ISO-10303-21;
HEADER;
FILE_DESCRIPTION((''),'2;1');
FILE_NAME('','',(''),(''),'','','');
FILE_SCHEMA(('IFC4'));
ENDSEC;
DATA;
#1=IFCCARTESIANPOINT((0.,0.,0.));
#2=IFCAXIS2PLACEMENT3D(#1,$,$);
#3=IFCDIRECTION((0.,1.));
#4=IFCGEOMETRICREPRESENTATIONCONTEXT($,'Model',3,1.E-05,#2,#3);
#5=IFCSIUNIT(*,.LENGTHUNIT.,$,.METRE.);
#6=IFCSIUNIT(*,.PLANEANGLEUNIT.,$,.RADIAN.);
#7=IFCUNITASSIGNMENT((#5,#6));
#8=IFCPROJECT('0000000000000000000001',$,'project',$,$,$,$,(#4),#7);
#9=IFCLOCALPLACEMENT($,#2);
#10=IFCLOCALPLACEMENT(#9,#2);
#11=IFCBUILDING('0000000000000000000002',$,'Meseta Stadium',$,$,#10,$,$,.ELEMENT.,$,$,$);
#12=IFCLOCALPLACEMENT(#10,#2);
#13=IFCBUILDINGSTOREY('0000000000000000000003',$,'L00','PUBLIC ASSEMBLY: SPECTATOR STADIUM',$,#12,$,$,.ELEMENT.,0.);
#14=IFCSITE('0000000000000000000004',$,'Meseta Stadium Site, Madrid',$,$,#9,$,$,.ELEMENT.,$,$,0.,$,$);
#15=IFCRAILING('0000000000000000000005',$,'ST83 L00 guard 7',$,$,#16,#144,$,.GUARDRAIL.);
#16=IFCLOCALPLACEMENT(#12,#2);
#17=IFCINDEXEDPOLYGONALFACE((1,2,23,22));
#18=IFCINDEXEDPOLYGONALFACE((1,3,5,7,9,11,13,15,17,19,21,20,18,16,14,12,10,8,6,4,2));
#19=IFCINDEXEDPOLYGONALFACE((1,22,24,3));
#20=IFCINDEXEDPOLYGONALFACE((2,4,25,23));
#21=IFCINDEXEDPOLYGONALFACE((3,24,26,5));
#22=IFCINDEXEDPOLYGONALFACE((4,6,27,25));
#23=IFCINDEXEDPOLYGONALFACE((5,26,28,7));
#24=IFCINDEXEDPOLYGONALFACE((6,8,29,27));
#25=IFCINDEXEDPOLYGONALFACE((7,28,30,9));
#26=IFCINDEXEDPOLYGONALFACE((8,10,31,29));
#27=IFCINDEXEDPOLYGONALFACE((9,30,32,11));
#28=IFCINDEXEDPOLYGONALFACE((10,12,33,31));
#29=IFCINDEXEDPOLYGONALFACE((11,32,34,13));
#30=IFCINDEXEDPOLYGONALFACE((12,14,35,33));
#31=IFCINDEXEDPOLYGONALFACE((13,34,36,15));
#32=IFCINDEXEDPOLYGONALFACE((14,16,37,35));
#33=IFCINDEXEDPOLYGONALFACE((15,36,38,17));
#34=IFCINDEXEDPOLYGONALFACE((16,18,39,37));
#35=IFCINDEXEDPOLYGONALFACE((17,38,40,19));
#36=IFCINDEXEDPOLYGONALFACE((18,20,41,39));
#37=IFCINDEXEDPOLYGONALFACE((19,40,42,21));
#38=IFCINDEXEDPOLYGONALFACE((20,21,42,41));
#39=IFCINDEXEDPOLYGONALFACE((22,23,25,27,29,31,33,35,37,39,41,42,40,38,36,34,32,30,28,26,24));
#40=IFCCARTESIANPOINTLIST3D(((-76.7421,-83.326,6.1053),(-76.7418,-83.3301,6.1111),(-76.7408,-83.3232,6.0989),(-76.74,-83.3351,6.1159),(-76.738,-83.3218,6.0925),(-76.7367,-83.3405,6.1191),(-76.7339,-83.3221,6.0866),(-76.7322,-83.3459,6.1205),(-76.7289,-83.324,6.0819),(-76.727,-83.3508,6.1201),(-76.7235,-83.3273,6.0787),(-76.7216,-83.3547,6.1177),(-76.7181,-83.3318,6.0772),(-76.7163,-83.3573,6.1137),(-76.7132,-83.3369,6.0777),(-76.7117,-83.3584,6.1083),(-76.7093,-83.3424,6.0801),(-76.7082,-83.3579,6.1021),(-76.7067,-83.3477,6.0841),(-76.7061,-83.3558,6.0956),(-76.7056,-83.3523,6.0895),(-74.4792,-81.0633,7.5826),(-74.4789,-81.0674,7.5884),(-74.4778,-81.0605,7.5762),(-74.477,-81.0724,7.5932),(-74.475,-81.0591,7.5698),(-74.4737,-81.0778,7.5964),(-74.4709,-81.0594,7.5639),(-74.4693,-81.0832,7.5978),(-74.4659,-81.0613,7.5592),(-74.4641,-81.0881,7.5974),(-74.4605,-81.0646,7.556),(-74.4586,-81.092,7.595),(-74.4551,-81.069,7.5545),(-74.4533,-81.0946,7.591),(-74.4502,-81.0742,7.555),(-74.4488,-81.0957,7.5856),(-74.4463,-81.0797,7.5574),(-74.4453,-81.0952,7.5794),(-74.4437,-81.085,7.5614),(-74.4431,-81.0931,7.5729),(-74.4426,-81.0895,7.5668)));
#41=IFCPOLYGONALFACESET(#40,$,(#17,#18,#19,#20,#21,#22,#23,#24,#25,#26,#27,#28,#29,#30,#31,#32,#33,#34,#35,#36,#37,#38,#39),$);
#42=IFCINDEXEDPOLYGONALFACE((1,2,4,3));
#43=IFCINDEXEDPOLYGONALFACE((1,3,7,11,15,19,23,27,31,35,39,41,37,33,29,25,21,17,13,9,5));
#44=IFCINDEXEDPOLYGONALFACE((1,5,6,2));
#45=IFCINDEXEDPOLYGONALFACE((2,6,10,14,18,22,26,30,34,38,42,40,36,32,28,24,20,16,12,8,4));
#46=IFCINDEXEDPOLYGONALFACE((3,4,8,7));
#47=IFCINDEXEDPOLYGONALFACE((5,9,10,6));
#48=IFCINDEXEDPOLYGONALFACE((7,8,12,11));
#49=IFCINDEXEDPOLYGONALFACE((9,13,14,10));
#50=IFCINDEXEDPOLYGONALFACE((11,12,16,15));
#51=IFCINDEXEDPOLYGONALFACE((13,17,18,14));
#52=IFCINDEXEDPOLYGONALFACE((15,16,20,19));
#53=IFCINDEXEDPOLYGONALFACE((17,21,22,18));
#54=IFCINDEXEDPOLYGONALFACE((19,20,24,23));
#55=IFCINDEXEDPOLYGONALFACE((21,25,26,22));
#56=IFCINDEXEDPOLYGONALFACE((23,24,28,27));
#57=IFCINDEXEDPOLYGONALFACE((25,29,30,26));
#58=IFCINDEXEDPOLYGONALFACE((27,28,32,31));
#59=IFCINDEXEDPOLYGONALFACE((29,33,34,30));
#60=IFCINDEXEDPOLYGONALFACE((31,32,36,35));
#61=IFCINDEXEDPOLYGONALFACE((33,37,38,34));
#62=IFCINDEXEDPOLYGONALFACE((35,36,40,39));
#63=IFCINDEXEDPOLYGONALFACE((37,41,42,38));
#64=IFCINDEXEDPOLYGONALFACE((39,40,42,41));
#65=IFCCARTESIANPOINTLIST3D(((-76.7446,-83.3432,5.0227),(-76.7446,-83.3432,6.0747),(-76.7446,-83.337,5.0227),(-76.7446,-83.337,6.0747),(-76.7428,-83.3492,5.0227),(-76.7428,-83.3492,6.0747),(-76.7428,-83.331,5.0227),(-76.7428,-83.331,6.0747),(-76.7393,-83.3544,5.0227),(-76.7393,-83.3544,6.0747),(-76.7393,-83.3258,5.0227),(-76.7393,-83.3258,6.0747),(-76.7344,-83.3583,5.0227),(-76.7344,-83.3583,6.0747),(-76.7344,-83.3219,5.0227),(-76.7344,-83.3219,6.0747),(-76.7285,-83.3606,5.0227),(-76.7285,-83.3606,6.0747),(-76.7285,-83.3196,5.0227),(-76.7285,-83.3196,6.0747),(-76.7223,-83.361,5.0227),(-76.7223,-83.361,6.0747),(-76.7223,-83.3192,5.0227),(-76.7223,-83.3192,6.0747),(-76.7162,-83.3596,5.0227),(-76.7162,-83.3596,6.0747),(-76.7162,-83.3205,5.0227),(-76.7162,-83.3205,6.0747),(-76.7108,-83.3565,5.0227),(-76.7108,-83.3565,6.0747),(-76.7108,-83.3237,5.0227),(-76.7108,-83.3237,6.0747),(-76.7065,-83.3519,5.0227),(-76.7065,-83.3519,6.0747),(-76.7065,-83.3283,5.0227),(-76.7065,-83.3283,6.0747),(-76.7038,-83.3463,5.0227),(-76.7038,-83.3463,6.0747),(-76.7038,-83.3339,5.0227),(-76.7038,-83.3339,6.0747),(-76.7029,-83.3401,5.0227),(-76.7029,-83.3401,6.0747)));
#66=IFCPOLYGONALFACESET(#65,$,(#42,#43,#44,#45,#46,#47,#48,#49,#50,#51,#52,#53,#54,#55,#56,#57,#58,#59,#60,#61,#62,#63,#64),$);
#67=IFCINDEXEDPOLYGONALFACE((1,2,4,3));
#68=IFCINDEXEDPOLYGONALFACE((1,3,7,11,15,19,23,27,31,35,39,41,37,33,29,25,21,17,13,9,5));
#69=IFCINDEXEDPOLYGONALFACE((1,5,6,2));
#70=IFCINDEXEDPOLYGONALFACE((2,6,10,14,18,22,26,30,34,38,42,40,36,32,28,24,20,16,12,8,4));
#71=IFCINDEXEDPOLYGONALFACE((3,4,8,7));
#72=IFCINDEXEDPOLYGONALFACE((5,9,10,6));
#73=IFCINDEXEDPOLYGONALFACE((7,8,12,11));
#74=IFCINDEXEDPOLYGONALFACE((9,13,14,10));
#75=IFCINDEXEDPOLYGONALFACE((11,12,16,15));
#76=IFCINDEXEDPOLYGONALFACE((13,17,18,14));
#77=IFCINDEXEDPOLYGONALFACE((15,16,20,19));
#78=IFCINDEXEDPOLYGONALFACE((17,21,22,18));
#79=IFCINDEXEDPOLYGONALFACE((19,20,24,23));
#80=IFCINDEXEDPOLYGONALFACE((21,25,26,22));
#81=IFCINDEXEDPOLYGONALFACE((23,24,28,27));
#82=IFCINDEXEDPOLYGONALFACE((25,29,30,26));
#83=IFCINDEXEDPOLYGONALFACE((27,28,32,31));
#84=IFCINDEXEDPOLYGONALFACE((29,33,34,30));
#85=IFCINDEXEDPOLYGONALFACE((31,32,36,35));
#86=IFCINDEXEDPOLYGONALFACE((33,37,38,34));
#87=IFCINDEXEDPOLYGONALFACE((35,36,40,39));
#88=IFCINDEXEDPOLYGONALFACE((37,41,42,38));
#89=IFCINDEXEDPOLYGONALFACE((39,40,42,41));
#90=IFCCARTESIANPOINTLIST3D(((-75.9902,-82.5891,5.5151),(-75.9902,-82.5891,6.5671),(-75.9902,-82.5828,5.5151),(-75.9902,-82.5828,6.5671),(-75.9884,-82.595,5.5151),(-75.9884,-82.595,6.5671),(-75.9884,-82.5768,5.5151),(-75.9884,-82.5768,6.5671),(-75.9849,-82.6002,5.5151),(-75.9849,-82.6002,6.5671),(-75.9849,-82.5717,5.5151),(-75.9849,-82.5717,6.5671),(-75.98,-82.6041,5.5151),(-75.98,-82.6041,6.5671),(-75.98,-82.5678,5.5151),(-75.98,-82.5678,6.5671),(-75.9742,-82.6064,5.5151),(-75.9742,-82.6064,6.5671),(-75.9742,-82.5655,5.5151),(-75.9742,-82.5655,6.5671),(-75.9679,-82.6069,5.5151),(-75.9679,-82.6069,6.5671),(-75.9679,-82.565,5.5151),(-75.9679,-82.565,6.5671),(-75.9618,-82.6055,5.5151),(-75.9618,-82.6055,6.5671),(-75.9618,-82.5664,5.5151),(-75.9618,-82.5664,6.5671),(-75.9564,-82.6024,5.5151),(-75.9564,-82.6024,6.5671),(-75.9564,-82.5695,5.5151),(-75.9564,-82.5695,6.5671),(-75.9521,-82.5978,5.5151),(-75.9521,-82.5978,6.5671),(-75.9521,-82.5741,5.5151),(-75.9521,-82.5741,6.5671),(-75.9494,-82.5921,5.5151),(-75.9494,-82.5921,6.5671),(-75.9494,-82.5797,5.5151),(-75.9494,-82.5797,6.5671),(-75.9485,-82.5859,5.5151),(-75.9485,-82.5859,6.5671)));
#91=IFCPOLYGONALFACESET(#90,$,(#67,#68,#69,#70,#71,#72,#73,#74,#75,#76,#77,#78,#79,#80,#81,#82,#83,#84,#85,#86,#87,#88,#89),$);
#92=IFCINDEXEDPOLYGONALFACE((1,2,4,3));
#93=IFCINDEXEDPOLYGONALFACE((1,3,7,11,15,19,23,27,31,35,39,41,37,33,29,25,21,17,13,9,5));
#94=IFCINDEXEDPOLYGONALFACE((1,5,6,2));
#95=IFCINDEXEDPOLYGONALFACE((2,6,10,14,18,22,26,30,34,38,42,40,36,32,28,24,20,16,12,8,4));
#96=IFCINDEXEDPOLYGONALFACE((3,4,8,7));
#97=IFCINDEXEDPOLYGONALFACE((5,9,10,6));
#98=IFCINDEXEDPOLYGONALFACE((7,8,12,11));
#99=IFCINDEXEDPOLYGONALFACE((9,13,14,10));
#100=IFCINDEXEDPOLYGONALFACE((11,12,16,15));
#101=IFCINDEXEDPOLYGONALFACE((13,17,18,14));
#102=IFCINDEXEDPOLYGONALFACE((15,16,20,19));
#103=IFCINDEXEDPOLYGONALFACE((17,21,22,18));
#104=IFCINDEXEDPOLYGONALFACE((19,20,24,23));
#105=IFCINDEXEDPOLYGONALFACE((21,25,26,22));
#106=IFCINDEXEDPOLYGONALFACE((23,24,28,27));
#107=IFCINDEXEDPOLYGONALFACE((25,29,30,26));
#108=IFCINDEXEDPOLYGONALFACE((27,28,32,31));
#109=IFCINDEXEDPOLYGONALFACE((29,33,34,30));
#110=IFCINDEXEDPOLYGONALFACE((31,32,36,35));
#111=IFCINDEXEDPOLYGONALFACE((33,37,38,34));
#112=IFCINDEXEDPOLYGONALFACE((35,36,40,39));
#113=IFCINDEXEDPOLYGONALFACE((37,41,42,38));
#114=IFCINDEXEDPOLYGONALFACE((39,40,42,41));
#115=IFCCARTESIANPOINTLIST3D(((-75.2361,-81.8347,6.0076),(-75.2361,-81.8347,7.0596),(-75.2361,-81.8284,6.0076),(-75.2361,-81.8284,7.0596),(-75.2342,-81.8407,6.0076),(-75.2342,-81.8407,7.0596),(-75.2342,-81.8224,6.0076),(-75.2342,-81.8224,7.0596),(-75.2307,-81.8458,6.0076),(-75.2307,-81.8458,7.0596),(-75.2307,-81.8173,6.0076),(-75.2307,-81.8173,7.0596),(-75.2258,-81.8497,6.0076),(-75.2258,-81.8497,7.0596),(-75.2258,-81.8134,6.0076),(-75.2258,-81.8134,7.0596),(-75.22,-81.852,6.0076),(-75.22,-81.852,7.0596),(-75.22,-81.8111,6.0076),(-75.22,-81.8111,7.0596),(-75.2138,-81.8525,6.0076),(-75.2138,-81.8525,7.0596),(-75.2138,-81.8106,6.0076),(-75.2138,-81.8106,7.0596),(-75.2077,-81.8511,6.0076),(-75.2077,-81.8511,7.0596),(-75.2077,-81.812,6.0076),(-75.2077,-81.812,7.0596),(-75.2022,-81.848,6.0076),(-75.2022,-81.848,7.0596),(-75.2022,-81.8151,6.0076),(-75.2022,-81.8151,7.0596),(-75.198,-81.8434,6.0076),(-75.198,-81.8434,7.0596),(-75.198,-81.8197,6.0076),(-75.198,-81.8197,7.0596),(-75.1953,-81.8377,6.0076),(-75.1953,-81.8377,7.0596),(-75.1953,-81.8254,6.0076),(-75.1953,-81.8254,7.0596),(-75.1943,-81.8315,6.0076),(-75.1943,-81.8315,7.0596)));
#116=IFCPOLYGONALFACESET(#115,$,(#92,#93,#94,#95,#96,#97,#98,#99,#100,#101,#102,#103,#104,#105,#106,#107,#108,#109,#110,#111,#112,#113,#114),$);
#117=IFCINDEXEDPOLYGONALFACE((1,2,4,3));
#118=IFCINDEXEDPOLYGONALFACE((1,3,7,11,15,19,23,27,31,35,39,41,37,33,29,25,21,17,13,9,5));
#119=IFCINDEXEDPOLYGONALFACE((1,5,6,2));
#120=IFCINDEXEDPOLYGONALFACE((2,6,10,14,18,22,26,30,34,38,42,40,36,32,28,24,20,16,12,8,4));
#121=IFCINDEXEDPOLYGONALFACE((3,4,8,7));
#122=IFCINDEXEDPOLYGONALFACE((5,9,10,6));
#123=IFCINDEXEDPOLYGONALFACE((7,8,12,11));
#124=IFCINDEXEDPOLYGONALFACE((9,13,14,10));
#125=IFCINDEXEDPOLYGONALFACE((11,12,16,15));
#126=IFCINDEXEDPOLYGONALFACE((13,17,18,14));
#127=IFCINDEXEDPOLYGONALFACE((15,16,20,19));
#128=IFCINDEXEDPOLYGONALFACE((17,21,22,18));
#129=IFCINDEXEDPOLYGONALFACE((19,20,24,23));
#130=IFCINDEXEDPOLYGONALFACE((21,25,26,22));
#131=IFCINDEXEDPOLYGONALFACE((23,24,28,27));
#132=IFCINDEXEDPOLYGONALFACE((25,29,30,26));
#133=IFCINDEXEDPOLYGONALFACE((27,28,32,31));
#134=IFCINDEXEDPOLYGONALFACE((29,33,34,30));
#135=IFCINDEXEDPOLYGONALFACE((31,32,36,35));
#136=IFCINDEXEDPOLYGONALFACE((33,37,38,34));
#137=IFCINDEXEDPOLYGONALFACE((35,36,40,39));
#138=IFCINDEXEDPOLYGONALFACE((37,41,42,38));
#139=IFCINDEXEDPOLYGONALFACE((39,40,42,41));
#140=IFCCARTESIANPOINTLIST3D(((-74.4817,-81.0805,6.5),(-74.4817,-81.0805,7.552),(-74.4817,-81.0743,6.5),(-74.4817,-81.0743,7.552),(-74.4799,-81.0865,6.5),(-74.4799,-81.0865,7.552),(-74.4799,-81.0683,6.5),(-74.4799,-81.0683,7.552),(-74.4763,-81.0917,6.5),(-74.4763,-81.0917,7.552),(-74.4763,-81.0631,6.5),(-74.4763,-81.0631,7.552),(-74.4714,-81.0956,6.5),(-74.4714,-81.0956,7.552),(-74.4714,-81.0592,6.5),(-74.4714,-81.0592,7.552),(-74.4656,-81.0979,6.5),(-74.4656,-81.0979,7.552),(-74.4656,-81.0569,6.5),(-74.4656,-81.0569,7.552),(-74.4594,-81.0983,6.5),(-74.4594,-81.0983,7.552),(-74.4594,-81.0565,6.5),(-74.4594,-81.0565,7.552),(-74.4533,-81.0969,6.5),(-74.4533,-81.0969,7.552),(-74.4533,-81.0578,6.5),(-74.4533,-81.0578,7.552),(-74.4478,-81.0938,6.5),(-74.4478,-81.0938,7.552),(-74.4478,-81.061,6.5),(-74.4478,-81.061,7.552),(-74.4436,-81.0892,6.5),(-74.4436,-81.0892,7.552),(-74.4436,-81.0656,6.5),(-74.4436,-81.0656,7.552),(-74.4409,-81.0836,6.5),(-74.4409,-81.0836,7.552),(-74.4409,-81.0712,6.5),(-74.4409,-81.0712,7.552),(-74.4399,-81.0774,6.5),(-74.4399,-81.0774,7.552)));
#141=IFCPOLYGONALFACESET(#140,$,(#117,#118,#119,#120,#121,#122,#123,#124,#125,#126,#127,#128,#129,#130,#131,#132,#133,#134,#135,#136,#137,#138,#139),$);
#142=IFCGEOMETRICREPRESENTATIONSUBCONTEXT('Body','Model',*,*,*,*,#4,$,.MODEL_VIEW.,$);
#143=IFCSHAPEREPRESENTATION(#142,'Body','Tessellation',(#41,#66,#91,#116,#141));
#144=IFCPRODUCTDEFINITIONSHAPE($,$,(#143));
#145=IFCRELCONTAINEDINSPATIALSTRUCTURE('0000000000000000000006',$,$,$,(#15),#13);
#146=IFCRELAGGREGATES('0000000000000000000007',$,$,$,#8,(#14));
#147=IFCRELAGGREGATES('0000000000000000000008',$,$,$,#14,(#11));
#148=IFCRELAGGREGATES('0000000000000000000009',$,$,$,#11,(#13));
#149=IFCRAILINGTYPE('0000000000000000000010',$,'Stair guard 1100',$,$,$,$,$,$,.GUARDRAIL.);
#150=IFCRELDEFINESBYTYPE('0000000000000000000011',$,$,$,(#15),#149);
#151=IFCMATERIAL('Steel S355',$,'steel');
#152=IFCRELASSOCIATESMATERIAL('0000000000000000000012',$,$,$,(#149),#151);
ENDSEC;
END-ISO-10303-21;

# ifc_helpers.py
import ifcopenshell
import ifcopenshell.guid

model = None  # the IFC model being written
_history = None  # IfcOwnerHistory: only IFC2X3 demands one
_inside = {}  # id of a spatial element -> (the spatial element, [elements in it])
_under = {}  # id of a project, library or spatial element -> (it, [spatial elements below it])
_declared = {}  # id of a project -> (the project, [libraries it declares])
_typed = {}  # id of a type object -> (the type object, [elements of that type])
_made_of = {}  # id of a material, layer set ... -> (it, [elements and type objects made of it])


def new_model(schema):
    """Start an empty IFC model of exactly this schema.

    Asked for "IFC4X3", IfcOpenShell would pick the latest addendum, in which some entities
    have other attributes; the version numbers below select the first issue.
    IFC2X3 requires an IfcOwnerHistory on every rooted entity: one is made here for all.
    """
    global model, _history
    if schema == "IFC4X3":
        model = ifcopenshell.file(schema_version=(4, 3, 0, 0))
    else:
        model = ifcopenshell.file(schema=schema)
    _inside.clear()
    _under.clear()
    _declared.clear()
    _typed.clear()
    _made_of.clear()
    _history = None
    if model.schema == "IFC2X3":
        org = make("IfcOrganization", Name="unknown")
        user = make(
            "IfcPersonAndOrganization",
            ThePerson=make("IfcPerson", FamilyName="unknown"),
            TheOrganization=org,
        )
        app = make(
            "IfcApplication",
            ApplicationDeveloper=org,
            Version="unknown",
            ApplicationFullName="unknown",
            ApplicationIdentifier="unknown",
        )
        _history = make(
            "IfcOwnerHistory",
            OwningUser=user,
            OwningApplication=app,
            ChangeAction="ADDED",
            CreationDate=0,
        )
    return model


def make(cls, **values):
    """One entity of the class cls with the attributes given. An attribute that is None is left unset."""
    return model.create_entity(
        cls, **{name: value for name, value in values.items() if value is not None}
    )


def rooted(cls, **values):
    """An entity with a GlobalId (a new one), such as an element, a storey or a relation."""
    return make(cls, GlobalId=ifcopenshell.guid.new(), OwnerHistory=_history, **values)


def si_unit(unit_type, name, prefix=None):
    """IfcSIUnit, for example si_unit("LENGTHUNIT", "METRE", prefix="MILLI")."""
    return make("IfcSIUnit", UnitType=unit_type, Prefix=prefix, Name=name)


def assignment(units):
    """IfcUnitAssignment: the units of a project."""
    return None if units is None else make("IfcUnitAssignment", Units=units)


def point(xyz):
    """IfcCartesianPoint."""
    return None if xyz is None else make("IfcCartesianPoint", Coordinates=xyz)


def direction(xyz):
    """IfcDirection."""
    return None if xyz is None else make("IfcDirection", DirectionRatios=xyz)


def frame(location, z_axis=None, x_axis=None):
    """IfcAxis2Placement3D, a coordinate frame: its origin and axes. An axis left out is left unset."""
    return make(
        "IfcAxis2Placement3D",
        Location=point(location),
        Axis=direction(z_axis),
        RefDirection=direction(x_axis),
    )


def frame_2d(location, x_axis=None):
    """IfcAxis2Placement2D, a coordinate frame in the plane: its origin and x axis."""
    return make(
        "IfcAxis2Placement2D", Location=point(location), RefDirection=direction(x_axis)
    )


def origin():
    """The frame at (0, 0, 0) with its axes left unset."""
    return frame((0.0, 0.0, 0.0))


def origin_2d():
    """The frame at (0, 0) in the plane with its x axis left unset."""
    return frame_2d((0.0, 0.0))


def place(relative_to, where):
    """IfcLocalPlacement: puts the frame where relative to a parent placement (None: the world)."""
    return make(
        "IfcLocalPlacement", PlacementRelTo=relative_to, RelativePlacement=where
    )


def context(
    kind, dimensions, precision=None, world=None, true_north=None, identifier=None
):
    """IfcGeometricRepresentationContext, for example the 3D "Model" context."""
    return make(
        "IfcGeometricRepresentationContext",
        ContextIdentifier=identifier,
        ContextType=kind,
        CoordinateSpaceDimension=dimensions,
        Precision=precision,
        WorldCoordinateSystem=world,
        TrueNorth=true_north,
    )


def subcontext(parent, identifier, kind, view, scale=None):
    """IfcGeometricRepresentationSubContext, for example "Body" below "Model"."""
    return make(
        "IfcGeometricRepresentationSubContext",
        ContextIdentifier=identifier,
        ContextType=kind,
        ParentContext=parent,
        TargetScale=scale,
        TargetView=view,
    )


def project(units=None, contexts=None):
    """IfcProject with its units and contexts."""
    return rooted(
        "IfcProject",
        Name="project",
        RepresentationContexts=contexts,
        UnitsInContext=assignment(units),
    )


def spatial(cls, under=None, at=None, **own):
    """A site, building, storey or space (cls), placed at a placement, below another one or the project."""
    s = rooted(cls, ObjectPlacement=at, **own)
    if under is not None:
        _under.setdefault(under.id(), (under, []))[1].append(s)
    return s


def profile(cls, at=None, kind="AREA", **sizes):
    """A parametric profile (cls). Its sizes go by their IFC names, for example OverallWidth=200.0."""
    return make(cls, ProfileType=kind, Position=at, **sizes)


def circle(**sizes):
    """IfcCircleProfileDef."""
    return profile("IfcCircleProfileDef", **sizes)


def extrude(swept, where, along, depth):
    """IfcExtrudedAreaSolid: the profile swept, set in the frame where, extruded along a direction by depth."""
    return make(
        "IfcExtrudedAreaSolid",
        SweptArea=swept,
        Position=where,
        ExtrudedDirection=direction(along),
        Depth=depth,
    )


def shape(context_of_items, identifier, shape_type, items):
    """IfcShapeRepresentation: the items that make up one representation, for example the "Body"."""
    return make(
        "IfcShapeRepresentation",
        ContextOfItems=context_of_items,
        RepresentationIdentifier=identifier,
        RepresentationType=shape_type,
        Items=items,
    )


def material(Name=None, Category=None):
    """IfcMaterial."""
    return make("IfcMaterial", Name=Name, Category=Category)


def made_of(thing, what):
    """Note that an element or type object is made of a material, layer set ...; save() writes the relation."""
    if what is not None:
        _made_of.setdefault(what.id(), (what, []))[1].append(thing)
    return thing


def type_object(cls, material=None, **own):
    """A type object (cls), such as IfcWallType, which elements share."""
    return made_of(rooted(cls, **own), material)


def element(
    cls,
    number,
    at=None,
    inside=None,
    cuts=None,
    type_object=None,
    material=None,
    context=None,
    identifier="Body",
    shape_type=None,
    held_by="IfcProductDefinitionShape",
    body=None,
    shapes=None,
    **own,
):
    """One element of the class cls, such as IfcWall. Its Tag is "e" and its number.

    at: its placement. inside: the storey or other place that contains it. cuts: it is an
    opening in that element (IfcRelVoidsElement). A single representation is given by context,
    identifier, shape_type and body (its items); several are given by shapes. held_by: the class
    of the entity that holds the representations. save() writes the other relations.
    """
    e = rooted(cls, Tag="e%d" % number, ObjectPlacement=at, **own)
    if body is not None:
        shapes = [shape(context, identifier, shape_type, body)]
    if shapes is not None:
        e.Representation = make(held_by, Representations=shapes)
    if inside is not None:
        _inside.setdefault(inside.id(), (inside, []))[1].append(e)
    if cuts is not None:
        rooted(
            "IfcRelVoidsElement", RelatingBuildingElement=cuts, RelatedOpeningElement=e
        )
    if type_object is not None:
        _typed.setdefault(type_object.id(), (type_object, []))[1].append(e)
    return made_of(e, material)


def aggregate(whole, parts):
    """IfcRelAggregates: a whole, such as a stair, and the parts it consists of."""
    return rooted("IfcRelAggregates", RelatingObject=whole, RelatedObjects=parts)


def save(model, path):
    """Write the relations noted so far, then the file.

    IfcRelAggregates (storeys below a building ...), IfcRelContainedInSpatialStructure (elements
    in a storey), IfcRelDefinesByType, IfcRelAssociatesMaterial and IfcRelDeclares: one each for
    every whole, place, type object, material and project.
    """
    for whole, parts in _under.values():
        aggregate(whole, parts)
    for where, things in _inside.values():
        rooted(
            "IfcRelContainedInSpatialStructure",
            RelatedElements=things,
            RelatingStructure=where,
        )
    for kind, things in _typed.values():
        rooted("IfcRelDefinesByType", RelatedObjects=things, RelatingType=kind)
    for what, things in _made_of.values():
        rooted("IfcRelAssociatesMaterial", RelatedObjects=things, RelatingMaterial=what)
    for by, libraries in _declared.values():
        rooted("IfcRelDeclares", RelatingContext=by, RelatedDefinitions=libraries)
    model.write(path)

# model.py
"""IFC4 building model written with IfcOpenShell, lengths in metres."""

from ifc_helpers import new_model, si_unit, direction, frame, origin, origin_2d, place, context, subcontext, project, spatial, circle, extrude, material, type_object, element, save


model = new_model("IFC4")

# Units and contexts
model_context = context("Model", 3, precision=1e-05, world=origin(), true_north=direction((0.0, 1.0)))
body_context = subcontext(model_context, "Body", "Model", "MODEL_VIEW")
ifc_project = project(units=[si_unit("LENGTHUNIT", "METRE"), si_unit("PLANEANGLEUNIT", "RADIAN")], contexts=[model_context])

# Site, building, storey
site_placement = place(None, origin())
site = spatial("IfcSite", under=ifc_project, at=site_placement, Name="Meseta Stadium Site, Madrid", CompositionType="ELEMENT", RefElevation=0.0)
building_placement = place(site_placement, origin())
building = spatial("IfcBuilding", under=site, at=building_placement, Name="Meseta Stadium", CompositionType="ELEMENT")
storey_placement = place(building_placement, origin())
storey = spatial("IfcBuildingStorey", under=building, at=storey_placement, Name="L00", Description="PUBLIC ASSEMBLY: SPECTATOR STADIUM", CompositionType="ELEMENT", Elevation=0.0)

# Railing
ifc_material_1 = material(Name="Steel S355", Category="steel")
railing_type_1 = type_object("IfcRailingType", Name="Stair guard 1100", PredefinedType="GUARDRAIL", material=ifc_material_1)
railing_1_placement = place(storey_placement, frame((-76.7239, -83.3401, 5.0227)))
element("IfcRailing", 1, at=railing_1_placement, inside=storey, type_object=railing_type_1, Name="ST83 L00 guard 7", PredefinedType="GUARDRAIL", context=body_context, shape_type="SweptSolid", body=[
    extrude(circle(Radius=0.0239, at=origin_2d()), frame((0.0, 0.0, 1.0762), z_axis=(0.642034, 0.641965, 0.419134), x_axis=(-0.707069, 0.707145, 0.0)), (0.0, 0.0, 1.0), 3.5247),
    extrude(circle(Radius=0.021, at=origin_2d()), origin(), (0.0, 0.0, 1.0), 1.052),
    extrude(circle(Radius=0.021, at=origin_2d()), frame((0.7544, 0.7542, 0.4924)), (0.0, 0.0, 1.0), 1.052),
    extrude(circle(Radius=0.021, at=origin_2d()), frame((1.5085, 1.5085, 0.9849)), (0.0, 0.0, 1.0), 1.052),
    extrude(circle(Radius=0.021, at=origin_2d()), frame((2.2629, 2.2627, 1.4773)), (0.0, 0.0, 1.0), 1.052),
])

save(model, "model.ifc")
